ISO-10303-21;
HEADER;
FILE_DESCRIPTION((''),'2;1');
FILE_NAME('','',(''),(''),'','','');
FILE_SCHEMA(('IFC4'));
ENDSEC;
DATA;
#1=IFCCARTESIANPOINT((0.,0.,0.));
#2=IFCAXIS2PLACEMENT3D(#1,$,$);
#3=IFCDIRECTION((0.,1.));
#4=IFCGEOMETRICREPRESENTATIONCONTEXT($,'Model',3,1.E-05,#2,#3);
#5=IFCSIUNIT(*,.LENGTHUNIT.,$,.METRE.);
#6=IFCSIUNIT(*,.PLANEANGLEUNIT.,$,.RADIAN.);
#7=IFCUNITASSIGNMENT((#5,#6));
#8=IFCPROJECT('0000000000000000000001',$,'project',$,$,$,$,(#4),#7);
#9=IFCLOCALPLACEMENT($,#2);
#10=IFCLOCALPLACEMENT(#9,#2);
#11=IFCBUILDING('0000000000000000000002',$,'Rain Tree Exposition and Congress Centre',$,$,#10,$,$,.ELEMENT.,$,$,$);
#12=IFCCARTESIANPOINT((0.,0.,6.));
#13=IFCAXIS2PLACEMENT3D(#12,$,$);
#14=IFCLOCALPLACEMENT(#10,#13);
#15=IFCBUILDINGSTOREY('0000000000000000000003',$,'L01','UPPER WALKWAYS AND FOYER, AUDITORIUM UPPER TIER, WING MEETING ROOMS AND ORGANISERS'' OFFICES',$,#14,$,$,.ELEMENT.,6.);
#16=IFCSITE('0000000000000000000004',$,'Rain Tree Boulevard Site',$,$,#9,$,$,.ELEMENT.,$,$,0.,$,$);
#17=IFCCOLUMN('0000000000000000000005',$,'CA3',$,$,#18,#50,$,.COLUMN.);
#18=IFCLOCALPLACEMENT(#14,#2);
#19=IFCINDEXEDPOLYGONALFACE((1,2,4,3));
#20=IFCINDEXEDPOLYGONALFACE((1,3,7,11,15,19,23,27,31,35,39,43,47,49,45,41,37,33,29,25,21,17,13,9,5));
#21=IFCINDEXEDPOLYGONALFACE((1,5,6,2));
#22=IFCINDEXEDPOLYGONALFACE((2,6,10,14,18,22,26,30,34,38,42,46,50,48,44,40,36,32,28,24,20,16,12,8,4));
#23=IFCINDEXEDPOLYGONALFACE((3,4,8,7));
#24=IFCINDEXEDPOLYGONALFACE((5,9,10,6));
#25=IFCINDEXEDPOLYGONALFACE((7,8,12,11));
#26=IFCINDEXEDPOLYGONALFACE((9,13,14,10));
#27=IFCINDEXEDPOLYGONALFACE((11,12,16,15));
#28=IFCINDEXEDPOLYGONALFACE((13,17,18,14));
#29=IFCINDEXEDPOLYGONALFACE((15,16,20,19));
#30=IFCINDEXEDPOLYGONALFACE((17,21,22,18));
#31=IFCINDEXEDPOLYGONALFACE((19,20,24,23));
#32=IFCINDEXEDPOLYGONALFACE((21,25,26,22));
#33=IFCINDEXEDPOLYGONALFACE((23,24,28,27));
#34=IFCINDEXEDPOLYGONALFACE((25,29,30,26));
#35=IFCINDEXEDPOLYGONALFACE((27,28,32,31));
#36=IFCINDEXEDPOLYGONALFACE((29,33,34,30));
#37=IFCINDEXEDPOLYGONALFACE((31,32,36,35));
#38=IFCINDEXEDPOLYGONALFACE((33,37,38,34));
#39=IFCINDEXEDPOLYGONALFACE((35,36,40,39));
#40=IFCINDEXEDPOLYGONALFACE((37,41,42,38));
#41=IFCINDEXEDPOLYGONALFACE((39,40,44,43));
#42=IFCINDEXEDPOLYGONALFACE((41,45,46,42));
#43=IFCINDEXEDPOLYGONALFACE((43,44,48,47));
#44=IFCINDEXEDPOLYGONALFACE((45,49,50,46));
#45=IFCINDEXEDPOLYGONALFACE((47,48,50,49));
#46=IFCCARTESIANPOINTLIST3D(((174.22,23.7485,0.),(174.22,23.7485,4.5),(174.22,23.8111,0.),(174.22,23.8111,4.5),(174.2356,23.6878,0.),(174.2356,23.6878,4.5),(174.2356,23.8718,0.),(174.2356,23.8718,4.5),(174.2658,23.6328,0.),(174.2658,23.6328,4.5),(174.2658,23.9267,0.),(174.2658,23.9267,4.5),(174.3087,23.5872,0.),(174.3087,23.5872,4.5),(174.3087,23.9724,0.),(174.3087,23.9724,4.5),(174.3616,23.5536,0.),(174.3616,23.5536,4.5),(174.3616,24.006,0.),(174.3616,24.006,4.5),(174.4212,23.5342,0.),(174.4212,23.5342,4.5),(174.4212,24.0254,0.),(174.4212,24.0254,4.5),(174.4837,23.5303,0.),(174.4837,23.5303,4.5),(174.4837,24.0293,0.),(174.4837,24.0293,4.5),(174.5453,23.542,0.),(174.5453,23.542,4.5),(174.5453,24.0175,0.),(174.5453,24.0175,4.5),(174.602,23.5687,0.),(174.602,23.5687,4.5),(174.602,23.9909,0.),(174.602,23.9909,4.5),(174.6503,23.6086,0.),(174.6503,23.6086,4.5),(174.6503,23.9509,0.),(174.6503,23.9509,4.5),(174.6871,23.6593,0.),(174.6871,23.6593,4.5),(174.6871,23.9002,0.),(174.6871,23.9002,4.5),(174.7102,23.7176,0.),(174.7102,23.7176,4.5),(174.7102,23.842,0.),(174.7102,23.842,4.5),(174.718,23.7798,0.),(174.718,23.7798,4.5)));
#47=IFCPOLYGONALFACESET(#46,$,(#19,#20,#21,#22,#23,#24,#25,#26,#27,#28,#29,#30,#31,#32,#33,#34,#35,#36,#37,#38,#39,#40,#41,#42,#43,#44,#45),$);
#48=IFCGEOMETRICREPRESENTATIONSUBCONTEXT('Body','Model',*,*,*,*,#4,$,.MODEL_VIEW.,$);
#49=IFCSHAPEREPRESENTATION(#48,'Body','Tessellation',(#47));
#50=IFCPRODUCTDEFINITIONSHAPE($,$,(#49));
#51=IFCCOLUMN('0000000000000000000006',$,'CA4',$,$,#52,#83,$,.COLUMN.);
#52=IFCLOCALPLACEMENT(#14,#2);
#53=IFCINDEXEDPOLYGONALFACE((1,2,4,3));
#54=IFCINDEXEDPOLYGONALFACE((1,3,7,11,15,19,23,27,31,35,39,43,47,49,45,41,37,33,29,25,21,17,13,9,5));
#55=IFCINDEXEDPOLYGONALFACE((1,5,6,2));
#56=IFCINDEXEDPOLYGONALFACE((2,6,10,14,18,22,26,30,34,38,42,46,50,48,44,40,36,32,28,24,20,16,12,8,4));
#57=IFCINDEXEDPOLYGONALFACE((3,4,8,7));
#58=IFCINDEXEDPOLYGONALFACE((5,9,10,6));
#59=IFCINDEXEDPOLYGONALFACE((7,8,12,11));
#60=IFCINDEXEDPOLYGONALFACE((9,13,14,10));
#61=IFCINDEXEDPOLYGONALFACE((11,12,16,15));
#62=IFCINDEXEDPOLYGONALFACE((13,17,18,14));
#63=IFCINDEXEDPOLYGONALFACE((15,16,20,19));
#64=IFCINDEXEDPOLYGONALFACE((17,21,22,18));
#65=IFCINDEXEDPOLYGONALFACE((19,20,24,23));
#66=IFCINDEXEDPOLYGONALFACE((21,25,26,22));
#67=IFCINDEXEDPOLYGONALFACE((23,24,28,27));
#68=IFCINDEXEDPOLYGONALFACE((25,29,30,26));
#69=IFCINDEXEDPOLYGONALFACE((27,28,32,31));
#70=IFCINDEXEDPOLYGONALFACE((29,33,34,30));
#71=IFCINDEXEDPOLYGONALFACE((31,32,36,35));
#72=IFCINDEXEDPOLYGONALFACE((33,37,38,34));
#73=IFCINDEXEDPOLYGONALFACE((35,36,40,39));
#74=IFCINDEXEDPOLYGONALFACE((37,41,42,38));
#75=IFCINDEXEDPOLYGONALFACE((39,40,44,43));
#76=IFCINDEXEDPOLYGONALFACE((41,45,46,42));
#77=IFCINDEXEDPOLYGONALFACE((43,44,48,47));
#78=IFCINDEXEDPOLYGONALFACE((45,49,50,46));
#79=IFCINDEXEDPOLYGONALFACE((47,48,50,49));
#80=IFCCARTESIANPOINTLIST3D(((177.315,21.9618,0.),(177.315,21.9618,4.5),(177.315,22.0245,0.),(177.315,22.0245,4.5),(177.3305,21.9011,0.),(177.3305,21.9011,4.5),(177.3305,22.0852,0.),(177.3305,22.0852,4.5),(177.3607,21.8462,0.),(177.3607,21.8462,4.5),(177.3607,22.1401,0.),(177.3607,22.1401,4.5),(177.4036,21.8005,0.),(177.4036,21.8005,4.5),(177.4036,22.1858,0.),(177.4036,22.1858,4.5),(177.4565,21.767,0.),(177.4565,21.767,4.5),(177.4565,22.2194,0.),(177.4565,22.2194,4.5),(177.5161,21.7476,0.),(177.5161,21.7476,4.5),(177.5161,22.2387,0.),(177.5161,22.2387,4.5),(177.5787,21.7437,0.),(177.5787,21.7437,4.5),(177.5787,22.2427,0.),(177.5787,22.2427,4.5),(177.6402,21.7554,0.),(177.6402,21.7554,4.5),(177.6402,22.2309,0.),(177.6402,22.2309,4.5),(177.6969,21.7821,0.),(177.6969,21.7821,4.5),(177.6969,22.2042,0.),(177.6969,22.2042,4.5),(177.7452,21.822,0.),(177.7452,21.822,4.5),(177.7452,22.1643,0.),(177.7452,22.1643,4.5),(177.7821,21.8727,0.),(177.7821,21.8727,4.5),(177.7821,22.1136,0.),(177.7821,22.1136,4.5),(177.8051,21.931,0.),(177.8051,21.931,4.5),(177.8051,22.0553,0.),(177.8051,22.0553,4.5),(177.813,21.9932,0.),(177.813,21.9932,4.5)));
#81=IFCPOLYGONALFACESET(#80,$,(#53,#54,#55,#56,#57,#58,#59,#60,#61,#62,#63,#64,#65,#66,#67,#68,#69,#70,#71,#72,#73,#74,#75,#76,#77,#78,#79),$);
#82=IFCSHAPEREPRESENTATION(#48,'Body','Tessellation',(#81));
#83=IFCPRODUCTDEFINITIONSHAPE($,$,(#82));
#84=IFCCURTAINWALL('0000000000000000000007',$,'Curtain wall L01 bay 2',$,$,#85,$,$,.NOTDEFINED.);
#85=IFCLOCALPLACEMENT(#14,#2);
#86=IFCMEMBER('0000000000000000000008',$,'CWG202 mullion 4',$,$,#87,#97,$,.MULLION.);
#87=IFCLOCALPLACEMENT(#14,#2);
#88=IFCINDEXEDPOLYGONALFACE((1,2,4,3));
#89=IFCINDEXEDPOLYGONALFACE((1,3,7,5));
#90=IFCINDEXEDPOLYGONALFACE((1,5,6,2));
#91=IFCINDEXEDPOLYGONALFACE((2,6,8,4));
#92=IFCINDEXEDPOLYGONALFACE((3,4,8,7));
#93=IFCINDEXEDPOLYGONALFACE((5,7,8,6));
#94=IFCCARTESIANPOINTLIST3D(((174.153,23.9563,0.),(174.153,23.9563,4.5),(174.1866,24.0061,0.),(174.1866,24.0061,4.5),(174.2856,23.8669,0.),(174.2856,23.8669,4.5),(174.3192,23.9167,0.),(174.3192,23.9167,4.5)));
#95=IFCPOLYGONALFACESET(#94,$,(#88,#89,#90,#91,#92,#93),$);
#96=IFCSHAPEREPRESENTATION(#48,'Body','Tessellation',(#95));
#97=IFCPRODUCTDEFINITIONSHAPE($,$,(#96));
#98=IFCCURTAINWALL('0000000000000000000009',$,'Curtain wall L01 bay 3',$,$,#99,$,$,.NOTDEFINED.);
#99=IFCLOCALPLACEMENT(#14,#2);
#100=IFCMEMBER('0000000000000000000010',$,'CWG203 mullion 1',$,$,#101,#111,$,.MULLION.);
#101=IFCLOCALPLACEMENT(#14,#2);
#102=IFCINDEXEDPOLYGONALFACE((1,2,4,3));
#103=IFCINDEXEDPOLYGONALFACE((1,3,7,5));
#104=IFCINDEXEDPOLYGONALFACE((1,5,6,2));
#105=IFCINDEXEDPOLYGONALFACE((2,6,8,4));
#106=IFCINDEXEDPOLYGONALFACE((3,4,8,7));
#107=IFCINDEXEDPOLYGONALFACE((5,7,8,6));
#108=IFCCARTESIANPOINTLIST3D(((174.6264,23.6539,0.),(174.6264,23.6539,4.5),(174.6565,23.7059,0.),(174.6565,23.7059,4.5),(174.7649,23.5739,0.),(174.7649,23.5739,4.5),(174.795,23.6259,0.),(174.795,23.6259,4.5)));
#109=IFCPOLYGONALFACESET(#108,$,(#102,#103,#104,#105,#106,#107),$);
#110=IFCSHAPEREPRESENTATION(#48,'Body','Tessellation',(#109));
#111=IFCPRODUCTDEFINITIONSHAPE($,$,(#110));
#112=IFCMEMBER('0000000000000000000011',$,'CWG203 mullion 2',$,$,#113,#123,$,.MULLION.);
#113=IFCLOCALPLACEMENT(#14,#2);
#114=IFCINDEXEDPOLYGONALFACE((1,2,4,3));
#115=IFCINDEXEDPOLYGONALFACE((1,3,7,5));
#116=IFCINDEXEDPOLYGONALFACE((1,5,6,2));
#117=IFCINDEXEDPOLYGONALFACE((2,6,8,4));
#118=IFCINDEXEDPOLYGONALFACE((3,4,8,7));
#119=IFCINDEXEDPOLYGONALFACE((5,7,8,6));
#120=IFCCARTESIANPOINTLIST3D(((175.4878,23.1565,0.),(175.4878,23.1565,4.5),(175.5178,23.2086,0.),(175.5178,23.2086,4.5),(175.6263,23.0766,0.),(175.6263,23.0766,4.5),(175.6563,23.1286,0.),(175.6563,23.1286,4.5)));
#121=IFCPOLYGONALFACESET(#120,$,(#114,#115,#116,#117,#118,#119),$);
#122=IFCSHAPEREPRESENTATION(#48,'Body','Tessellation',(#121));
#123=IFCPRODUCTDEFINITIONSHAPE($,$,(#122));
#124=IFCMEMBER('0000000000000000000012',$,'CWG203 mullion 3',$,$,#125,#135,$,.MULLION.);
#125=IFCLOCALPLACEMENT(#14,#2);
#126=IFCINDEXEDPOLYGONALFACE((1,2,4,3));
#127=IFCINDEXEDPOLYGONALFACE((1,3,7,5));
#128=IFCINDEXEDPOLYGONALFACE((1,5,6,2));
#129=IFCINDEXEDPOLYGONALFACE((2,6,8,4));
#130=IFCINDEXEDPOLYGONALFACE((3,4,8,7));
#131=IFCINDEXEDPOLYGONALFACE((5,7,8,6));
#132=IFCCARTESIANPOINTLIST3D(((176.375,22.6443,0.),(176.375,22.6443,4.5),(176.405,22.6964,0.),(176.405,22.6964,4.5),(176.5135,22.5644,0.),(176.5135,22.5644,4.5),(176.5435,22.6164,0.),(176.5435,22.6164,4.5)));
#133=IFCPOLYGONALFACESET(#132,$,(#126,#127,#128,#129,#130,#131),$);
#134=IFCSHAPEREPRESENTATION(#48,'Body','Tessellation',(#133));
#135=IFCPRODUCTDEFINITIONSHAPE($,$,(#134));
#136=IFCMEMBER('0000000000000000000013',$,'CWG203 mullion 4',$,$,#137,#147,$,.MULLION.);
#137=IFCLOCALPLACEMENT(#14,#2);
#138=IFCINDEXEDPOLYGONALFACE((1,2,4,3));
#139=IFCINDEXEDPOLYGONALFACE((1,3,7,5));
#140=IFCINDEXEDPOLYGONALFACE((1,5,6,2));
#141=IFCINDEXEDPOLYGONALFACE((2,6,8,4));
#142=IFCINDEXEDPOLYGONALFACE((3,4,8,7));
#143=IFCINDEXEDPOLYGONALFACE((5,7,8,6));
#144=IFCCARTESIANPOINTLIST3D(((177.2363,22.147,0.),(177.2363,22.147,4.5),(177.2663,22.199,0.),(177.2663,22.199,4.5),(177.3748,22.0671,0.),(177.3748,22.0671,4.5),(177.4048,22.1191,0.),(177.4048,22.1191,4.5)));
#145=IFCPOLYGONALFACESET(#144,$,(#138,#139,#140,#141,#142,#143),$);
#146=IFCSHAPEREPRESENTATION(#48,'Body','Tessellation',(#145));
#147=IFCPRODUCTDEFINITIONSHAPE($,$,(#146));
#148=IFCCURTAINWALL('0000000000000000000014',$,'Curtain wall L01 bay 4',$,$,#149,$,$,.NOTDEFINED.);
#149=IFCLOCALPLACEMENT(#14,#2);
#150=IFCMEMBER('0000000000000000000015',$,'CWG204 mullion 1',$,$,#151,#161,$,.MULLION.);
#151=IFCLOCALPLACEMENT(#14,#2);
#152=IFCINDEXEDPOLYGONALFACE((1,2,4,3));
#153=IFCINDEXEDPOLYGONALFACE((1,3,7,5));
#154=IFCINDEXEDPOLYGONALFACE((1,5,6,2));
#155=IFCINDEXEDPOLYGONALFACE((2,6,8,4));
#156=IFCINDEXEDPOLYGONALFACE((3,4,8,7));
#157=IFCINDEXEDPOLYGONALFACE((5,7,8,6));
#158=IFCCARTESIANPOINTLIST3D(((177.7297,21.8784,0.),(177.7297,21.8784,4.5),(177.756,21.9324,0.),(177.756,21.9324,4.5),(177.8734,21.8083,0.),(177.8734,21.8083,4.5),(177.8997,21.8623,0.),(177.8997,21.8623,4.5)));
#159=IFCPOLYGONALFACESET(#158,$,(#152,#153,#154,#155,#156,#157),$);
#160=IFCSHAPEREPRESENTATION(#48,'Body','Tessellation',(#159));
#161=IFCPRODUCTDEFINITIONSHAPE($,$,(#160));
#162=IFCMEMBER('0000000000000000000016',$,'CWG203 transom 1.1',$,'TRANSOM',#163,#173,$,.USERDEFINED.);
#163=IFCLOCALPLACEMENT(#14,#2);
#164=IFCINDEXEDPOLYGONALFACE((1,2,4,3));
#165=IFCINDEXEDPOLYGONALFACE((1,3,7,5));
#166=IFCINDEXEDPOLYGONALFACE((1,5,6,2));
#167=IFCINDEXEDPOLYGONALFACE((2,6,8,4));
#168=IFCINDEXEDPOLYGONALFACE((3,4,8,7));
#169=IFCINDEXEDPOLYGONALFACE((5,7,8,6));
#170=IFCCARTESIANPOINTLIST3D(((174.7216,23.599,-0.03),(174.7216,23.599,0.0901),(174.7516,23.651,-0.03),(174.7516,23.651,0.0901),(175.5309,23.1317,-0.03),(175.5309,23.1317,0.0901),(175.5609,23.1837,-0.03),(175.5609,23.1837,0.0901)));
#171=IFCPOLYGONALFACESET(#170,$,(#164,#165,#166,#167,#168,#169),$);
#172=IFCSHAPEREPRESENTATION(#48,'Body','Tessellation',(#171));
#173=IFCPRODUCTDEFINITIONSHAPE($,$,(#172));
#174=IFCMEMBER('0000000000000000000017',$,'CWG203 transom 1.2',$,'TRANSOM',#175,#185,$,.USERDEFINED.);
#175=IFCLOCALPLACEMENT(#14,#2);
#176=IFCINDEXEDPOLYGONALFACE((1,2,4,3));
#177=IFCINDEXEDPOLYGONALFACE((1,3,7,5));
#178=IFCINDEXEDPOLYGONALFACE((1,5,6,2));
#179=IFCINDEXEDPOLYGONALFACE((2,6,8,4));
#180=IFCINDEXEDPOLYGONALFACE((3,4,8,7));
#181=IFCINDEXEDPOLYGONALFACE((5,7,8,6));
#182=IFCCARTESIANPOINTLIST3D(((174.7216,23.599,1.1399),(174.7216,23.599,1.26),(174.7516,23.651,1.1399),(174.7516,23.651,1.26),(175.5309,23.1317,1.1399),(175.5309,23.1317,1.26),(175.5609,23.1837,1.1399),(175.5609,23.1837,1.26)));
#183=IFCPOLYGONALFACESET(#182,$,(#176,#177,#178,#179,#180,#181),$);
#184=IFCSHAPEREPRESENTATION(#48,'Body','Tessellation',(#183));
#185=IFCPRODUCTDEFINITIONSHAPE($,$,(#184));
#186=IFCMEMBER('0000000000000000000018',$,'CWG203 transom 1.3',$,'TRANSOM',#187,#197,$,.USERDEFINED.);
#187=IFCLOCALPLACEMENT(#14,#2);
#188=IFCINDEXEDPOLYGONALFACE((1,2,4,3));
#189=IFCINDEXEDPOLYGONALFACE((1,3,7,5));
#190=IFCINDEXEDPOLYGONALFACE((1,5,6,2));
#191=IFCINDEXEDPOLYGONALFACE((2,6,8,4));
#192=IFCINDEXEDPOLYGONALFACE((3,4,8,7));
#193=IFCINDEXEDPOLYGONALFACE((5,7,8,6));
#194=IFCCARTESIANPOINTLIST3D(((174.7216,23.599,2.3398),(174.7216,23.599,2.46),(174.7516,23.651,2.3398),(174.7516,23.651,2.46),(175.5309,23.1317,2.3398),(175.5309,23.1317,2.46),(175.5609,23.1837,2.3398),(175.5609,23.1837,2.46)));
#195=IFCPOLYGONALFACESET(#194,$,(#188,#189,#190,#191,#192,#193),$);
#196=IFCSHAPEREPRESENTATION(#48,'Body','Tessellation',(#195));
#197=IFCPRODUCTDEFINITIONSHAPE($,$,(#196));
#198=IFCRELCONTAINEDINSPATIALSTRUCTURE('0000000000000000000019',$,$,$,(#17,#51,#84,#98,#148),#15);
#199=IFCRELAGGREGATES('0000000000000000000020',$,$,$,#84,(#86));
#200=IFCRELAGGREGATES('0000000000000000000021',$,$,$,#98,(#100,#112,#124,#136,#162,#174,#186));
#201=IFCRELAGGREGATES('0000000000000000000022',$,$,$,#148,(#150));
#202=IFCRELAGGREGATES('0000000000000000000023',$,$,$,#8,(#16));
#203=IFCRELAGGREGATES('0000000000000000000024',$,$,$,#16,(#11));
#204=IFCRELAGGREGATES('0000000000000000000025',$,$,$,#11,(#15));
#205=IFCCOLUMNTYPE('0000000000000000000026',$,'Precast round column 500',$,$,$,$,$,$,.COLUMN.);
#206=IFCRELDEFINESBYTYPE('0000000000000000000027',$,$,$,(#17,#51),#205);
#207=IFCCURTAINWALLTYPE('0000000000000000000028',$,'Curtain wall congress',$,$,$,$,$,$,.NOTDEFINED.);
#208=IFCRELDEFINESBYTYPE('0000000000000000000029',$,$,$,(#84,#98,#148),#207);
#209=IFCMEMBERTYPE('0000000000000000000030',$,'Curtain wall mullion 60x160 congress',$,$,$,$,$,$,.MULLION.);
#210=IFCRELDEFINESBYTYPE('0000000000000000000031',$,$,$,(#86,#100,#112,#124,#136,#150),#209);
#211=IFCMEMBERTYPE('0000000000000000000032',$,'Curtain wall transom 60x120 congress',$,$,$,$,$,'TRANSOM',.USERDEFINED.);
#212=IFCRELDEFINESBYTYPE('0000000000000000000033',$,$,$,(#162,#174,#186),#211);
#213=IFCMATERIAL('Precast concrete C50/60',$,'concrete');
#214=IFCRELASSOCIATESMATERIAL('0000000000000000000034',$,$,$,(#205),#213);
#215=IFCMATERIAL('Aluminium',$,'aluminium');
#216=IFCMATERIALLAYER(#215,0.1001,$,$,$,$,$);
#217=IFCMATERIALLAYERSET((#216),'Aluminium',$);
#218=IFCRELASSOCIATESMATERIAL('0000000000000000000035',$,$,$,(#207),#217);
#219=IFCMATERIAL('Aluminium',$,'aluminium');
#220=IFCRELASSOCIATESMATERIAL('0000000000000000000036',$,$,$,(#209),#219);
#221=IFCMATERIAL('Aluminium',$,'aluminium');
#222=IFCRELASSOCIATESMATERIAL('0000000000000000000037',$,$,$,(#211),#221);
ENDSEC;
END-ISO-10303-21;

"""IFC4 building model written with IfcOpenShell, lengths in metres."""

from ifc_helpers import new_model, si_unit, direction, frame, origin, origin_2d, place, context, subcontext, project, spatial, rectangle, circle, extrude, material, layer, layer_set, material_profile, profile_set, type_object, element, aggregate, save


model = new_model("IFC4")

# Units and contexts
model_context = context("Model", 3, precision=1e-05, world=origin(), true_north=direction((0.0, 1.0)))
body_context = subcontext(model_context, "Body", "Model", "MODEL_VIEW")
ifc_project = project(units=[si_unit("LENGTHUNIT", "METRE"), si_unit("PLANEANGLEUNIT", "RADIAN")], contexts=[model_context])

# Site, building, storey
site_placement = place(None, origin())
site = spatial("IfcSite", under=ifc_project, at=site_placement, Name="Rain Tree Boulevard Site", CompositionType="ELEMENT", RefElevation=0.0)
building_placement = place(site_placement, origin())
building = spatial("IfcBuilding", under=site, at=building_placement, Name="Rain Tree Exposition and Congress Centre", CompositionType="ELEMENT")
storey_placement = place(building_placement, frame((0.0, 0.0, 6.0)))
storey = spatial("IfcBuildingStorey", under=building, at=storey_placement, Name="L01", Description="UPPER WALKWAYS AND FOYER, AUDITORIUM UPPER TIER, WING MEETING ROOMS AND ORGANISERS' OFFICES", CompositionType="ELEMENT", Elevation=6.0)

# Columns
ifc_material_1 = material(Name="Precast concrete C50/60", Category="concrete")
ifc_material_profile_1 = material_profile(ifc_material_1, circle(Radius=0.25, at=origin_2d()), Name="RC D500")
ifc_profile_set_1 = profile_set([ifc_material_profile_1], Name="Precast concrete C50/60")
column_type = type_object("IfcColumnType", Name="Precast round column 500", PredefinedType="COLUMN", material=ifc_profile_set_1)
for number, where, z_axis, x_axis, name in (
    (1, (174.468, 23.7798, 0.0), (0.0, 0.0, 1.0), (1.0, 0.0, 0.0), "CA3"),
    (2, (177.563, 21.9932, 0.0), (0.0, 0.0, 1.0), (1.0, 0.0, 0.0), "CA4"),
):
    element("IfcColumn", number, at=place(storey_placement, frame(where, z_axis=z_axis, x_axis=x_axis)), inside=storey, type_object=column_type, Name=name, PredefinedType="COLUMN", context=body_context, shape_type="SweptSolid", body=[
        extrude(circle(Radius=0.25, at=origin_2d()), origin(), (0.0, 0.0, 1.0), 4.5),
    ])

# Curtain wall, member
ifc_material_2 = material(Name="Aluminium", Category="aluminium")
ifc_layer_1 = layer(ifc_material_2, 0.1001)
ifc_layer_set_1 = layer_set([ifc_layer_1], Name="Aluminium")
curtain_wall_type = type_object("IfcCurtainWallType", Name="Curtain wall congress", PredefinedType="NOTDEFINED", material=ifc_layer_set_1)
curtain_wall_1_placement = place(storey_placement, origin())
curtain_wall_1 = element("IfcCurtainWall", 3, at=curtain_wall_1_placement, inside=storey, type_object=curtain_wall_type, Name="Curtain wall L01 bay 2", PredefinedType="NOTDEFINED")
ifc_material_3 = material(Name="Aluminium", Category="aluminium")
ifc_material_profile_2 = material_profile(ifc_material_3, rectangle(XDim=0.0601, YDim=0.1599, at=origin_2d()), Name="AL 60x160")
ifc_profile_set_2 = profile_set([ifc_material_profile_2], Name="Aluminium")
member_type_1 = type_object("IfcMemberType", Name="Curtain wall mullion 60x160 congress", PredefinedType="MULLION", material=ifc_profile_set_2)
member_1_placement = place(storey_placement, frame((174.2361, 23.9365, 0.0), z_axis=(0.0, 0.0, 1.0), x_axis=(0.559197, 0.829035, 0.0)))
member_1 = element("IfcMember", 4, at=member_1_placement, type_object=member_type_1, Name="CWG202 mullion 4", PredefinedType="MULLION", context=body_context, shape_type="SweptSolid", body=[
    extrude(rectangle(XDim=0.0601, YDim=0.1599, at=origin_2d()), origin(), (0.0, 0.0, 1.0), 4.5),
])
aggregate(curtain_wall_1, [member_1])

# Curtain wall, members
curtain_wall_2_placement = place(storey_placement, origin())
curtain_wall_2 = element("IfcCurtainWall", 5, at=curtain_wall_2_placement, inside=storey, type_object=curtain_wall_type, Name="Curtain wall L01 bay 3", PredefinedType="NOTDEFINED")
member_2_placement = place(storey_placement, frame((174.7107, 23.6399, 0.0), z_axis=(0.0, 0.0, 1.0), x_axis=(0.499988, 0.866032, 0.0)))
member_2 = element("IfcMember", 6, at=member_2_placement, type_object=member_type_1, Name="CWG203 mullion 1", PredefinedType="MULLION", context=body_context, shape_type="SweptSolid", body=[
    extrude(rectangle(XDim=0.0601, YDim=0.1599, at=origin_2d()), origin(), (0.0, 0.0, 1.0), 4.5),
])
member_3_placement = place(storey_placement, frame((175.572, 23.1426, 0.0), z_axis=(0.0, 0.0, 1.0), x_axis=(0.499988, 0.866032, 0.0)))
member_3 = element("IfcMember", 7, at=member_3_placement, type_object=member_type_1, Name="CWG203 mullion 2", PredefinedType="MULLION", context=body_context, shape_type="SweptSolid", body=[
    extrude(rectangle(XDim=0.0601, YDim=0.1599, at=origin_2d()), origin(), (0.0, 0.0, 1.0), 4.5),
])
member_4_placement = place(storey_placement, frame((176.4592, 22.6304, 0.0), z_axis=(0.0, 0.0, 1.0), x_axis=(0.499988, 0.866032, 0.0)))
member_4 = element("IfcMember", 8, at=member_4_placement, type_object=member_type_1, Name="CWG203 mullion 3", PredefinedType="MULLION", context=body_context, shape_type="SweptSolid", body=[
    extrude(rectangle(XDim=0.0601, YDim=0.1599, at=origin_2d()), origin(), (0.0, 0.0, 1.0), 4.5),
])
member_5_placement = place(storey_placement, frame((177.3206, 22.1331, 0.0), z_axis=(0.0, 0.0, 1.0), x_axis=(0.499988, 0.866032, 0.0)))
member_5 = element("IfcMember", 9, at=member_5_placement, type_object=member_type_1, Name="CWG203 mullion 4", PredefinedType="MULLION", context=body_context, shape_type="SweptSolid", body=[
    extrude(rectangle(XDim=0.0601, YDim=0.1599, at=origin_2d()), origin(), (0.0, 0.0, 1.0), 4.5),
])

# Curtain wall, member
curtain_wall_3_placement = place(storey_placement, origin())
curtain_wall_3 = element("IfcCurtainWall", 10, at=curtain_wall_3_placement, inside=storey, type_object=curtain_wall_type, Name="Curtain wall L01 bay 4", PredefinedType="NOTDEFINED")
member_6_placement = place(storey_placement, frame((177.8147, 21.8704, 0.0), z_axis=(0.0, 0.0, 1.0), x_axis=(0.438369, 0.898795, 0.0)))
member_6 = element("IfcMember", 11, at=member_6_placement, type_object=member_type_1, Name="CWG204 mullion 1", PredefinedType="MULLION", context=body_context, shape_type="SweptSolid", body=[
    extrude(rectangle(XDim=0.0601, YDim=0.1599, at=origin_2d()), origin(), (0.0, 0.0, 1.0), 4.5),
])

# Members
ifc_material_4 = material(Name="Aluminium", Category="aluminium")
ifc_material_profile_3 = material_profile(ifc_material_4, rectangle(XDim=0.0601, YDim=0.1201, at=origin_2d()), Name="AL 60x120")
ifc_profile_set_3 = profile_set([ifc_material_profile_3], Name="Aluminium")
member_type_2 = type_object("IfcMemberType", Name="Curtain wall transom 60x120 congress", ElementType="TRANSOM", PredefinedType="USERDEFINED", material=ifc_profile_set_3)
member_7_placement = place(storey_placement, frame((174.7366, 23.625, 0.03), z_axis=(0.866016, -0.500016, 0.0), x_axis=(0.500016, 0.866016, 0.0)))
member_7 = element("IfcMember", 12, at=member_7_placement, type_object=member_type_2, Name="CWG203 transom 1.1", ObjectType="TRANSOM", PredefinedType="USERDEFINED", context=body_context, shape_type="SweptSolid", body=[
    extrude(rectangle(XDim=0.0601, YDim=0.1201, at=origin_2d()), origin(), (0.0, 0.0, 1.0), 0.9346),
])
member_8_placement = place(storey_placement, frame((174.7366, 23.625, 1.2), z_axis=(0.866016, -0.500016, 0.0), x_axis=(0.500016, 0.866016, 0.0)))
member_8 = element("IfcMember", 13, at=member_8_placement, type_object=member_type_2, Name="CWG203 transom 1.2", ObjectType="TRANSOM", PredefinedType="USERDEFINED", context=body_context, shape_type="SweptSolid", body=[
    extrude(rectangle(XDim=0.0601, YDim=0.1201, at=origin_2d()), origin(), (0.0, 0.0, 1.0), 0.9346),
])
member_9_placement = place(storey_placement, frame((174.7366, 23.625, 2.3999), z_axis=(0.866016, -0.500016, 0.0), x_axis=(0.500016, 0.866016, 0.0)))
member_9 = element("IfcMember", 14, at=member_9_placement, type_object=member_type_2, Name="CWG203 transom 1.3", ObjectType="TRANSOM", PredefinedType="USERDEFINED", context=body_context, shape_type="SweptSolid", body=[
    extrude(rectangle(XDim=0.0601, YDim=0.1201, at=origin_2d()), origin(), (0.0, 0.0, 1.0), 0.9346),
])

aggregate(curtain_wall_2, [member_2, member_3, member_4, member_5, member_7, member_8, member_9])
aggregate(curtain_wall_3, [member_6])

save(model, "model.ifc")
